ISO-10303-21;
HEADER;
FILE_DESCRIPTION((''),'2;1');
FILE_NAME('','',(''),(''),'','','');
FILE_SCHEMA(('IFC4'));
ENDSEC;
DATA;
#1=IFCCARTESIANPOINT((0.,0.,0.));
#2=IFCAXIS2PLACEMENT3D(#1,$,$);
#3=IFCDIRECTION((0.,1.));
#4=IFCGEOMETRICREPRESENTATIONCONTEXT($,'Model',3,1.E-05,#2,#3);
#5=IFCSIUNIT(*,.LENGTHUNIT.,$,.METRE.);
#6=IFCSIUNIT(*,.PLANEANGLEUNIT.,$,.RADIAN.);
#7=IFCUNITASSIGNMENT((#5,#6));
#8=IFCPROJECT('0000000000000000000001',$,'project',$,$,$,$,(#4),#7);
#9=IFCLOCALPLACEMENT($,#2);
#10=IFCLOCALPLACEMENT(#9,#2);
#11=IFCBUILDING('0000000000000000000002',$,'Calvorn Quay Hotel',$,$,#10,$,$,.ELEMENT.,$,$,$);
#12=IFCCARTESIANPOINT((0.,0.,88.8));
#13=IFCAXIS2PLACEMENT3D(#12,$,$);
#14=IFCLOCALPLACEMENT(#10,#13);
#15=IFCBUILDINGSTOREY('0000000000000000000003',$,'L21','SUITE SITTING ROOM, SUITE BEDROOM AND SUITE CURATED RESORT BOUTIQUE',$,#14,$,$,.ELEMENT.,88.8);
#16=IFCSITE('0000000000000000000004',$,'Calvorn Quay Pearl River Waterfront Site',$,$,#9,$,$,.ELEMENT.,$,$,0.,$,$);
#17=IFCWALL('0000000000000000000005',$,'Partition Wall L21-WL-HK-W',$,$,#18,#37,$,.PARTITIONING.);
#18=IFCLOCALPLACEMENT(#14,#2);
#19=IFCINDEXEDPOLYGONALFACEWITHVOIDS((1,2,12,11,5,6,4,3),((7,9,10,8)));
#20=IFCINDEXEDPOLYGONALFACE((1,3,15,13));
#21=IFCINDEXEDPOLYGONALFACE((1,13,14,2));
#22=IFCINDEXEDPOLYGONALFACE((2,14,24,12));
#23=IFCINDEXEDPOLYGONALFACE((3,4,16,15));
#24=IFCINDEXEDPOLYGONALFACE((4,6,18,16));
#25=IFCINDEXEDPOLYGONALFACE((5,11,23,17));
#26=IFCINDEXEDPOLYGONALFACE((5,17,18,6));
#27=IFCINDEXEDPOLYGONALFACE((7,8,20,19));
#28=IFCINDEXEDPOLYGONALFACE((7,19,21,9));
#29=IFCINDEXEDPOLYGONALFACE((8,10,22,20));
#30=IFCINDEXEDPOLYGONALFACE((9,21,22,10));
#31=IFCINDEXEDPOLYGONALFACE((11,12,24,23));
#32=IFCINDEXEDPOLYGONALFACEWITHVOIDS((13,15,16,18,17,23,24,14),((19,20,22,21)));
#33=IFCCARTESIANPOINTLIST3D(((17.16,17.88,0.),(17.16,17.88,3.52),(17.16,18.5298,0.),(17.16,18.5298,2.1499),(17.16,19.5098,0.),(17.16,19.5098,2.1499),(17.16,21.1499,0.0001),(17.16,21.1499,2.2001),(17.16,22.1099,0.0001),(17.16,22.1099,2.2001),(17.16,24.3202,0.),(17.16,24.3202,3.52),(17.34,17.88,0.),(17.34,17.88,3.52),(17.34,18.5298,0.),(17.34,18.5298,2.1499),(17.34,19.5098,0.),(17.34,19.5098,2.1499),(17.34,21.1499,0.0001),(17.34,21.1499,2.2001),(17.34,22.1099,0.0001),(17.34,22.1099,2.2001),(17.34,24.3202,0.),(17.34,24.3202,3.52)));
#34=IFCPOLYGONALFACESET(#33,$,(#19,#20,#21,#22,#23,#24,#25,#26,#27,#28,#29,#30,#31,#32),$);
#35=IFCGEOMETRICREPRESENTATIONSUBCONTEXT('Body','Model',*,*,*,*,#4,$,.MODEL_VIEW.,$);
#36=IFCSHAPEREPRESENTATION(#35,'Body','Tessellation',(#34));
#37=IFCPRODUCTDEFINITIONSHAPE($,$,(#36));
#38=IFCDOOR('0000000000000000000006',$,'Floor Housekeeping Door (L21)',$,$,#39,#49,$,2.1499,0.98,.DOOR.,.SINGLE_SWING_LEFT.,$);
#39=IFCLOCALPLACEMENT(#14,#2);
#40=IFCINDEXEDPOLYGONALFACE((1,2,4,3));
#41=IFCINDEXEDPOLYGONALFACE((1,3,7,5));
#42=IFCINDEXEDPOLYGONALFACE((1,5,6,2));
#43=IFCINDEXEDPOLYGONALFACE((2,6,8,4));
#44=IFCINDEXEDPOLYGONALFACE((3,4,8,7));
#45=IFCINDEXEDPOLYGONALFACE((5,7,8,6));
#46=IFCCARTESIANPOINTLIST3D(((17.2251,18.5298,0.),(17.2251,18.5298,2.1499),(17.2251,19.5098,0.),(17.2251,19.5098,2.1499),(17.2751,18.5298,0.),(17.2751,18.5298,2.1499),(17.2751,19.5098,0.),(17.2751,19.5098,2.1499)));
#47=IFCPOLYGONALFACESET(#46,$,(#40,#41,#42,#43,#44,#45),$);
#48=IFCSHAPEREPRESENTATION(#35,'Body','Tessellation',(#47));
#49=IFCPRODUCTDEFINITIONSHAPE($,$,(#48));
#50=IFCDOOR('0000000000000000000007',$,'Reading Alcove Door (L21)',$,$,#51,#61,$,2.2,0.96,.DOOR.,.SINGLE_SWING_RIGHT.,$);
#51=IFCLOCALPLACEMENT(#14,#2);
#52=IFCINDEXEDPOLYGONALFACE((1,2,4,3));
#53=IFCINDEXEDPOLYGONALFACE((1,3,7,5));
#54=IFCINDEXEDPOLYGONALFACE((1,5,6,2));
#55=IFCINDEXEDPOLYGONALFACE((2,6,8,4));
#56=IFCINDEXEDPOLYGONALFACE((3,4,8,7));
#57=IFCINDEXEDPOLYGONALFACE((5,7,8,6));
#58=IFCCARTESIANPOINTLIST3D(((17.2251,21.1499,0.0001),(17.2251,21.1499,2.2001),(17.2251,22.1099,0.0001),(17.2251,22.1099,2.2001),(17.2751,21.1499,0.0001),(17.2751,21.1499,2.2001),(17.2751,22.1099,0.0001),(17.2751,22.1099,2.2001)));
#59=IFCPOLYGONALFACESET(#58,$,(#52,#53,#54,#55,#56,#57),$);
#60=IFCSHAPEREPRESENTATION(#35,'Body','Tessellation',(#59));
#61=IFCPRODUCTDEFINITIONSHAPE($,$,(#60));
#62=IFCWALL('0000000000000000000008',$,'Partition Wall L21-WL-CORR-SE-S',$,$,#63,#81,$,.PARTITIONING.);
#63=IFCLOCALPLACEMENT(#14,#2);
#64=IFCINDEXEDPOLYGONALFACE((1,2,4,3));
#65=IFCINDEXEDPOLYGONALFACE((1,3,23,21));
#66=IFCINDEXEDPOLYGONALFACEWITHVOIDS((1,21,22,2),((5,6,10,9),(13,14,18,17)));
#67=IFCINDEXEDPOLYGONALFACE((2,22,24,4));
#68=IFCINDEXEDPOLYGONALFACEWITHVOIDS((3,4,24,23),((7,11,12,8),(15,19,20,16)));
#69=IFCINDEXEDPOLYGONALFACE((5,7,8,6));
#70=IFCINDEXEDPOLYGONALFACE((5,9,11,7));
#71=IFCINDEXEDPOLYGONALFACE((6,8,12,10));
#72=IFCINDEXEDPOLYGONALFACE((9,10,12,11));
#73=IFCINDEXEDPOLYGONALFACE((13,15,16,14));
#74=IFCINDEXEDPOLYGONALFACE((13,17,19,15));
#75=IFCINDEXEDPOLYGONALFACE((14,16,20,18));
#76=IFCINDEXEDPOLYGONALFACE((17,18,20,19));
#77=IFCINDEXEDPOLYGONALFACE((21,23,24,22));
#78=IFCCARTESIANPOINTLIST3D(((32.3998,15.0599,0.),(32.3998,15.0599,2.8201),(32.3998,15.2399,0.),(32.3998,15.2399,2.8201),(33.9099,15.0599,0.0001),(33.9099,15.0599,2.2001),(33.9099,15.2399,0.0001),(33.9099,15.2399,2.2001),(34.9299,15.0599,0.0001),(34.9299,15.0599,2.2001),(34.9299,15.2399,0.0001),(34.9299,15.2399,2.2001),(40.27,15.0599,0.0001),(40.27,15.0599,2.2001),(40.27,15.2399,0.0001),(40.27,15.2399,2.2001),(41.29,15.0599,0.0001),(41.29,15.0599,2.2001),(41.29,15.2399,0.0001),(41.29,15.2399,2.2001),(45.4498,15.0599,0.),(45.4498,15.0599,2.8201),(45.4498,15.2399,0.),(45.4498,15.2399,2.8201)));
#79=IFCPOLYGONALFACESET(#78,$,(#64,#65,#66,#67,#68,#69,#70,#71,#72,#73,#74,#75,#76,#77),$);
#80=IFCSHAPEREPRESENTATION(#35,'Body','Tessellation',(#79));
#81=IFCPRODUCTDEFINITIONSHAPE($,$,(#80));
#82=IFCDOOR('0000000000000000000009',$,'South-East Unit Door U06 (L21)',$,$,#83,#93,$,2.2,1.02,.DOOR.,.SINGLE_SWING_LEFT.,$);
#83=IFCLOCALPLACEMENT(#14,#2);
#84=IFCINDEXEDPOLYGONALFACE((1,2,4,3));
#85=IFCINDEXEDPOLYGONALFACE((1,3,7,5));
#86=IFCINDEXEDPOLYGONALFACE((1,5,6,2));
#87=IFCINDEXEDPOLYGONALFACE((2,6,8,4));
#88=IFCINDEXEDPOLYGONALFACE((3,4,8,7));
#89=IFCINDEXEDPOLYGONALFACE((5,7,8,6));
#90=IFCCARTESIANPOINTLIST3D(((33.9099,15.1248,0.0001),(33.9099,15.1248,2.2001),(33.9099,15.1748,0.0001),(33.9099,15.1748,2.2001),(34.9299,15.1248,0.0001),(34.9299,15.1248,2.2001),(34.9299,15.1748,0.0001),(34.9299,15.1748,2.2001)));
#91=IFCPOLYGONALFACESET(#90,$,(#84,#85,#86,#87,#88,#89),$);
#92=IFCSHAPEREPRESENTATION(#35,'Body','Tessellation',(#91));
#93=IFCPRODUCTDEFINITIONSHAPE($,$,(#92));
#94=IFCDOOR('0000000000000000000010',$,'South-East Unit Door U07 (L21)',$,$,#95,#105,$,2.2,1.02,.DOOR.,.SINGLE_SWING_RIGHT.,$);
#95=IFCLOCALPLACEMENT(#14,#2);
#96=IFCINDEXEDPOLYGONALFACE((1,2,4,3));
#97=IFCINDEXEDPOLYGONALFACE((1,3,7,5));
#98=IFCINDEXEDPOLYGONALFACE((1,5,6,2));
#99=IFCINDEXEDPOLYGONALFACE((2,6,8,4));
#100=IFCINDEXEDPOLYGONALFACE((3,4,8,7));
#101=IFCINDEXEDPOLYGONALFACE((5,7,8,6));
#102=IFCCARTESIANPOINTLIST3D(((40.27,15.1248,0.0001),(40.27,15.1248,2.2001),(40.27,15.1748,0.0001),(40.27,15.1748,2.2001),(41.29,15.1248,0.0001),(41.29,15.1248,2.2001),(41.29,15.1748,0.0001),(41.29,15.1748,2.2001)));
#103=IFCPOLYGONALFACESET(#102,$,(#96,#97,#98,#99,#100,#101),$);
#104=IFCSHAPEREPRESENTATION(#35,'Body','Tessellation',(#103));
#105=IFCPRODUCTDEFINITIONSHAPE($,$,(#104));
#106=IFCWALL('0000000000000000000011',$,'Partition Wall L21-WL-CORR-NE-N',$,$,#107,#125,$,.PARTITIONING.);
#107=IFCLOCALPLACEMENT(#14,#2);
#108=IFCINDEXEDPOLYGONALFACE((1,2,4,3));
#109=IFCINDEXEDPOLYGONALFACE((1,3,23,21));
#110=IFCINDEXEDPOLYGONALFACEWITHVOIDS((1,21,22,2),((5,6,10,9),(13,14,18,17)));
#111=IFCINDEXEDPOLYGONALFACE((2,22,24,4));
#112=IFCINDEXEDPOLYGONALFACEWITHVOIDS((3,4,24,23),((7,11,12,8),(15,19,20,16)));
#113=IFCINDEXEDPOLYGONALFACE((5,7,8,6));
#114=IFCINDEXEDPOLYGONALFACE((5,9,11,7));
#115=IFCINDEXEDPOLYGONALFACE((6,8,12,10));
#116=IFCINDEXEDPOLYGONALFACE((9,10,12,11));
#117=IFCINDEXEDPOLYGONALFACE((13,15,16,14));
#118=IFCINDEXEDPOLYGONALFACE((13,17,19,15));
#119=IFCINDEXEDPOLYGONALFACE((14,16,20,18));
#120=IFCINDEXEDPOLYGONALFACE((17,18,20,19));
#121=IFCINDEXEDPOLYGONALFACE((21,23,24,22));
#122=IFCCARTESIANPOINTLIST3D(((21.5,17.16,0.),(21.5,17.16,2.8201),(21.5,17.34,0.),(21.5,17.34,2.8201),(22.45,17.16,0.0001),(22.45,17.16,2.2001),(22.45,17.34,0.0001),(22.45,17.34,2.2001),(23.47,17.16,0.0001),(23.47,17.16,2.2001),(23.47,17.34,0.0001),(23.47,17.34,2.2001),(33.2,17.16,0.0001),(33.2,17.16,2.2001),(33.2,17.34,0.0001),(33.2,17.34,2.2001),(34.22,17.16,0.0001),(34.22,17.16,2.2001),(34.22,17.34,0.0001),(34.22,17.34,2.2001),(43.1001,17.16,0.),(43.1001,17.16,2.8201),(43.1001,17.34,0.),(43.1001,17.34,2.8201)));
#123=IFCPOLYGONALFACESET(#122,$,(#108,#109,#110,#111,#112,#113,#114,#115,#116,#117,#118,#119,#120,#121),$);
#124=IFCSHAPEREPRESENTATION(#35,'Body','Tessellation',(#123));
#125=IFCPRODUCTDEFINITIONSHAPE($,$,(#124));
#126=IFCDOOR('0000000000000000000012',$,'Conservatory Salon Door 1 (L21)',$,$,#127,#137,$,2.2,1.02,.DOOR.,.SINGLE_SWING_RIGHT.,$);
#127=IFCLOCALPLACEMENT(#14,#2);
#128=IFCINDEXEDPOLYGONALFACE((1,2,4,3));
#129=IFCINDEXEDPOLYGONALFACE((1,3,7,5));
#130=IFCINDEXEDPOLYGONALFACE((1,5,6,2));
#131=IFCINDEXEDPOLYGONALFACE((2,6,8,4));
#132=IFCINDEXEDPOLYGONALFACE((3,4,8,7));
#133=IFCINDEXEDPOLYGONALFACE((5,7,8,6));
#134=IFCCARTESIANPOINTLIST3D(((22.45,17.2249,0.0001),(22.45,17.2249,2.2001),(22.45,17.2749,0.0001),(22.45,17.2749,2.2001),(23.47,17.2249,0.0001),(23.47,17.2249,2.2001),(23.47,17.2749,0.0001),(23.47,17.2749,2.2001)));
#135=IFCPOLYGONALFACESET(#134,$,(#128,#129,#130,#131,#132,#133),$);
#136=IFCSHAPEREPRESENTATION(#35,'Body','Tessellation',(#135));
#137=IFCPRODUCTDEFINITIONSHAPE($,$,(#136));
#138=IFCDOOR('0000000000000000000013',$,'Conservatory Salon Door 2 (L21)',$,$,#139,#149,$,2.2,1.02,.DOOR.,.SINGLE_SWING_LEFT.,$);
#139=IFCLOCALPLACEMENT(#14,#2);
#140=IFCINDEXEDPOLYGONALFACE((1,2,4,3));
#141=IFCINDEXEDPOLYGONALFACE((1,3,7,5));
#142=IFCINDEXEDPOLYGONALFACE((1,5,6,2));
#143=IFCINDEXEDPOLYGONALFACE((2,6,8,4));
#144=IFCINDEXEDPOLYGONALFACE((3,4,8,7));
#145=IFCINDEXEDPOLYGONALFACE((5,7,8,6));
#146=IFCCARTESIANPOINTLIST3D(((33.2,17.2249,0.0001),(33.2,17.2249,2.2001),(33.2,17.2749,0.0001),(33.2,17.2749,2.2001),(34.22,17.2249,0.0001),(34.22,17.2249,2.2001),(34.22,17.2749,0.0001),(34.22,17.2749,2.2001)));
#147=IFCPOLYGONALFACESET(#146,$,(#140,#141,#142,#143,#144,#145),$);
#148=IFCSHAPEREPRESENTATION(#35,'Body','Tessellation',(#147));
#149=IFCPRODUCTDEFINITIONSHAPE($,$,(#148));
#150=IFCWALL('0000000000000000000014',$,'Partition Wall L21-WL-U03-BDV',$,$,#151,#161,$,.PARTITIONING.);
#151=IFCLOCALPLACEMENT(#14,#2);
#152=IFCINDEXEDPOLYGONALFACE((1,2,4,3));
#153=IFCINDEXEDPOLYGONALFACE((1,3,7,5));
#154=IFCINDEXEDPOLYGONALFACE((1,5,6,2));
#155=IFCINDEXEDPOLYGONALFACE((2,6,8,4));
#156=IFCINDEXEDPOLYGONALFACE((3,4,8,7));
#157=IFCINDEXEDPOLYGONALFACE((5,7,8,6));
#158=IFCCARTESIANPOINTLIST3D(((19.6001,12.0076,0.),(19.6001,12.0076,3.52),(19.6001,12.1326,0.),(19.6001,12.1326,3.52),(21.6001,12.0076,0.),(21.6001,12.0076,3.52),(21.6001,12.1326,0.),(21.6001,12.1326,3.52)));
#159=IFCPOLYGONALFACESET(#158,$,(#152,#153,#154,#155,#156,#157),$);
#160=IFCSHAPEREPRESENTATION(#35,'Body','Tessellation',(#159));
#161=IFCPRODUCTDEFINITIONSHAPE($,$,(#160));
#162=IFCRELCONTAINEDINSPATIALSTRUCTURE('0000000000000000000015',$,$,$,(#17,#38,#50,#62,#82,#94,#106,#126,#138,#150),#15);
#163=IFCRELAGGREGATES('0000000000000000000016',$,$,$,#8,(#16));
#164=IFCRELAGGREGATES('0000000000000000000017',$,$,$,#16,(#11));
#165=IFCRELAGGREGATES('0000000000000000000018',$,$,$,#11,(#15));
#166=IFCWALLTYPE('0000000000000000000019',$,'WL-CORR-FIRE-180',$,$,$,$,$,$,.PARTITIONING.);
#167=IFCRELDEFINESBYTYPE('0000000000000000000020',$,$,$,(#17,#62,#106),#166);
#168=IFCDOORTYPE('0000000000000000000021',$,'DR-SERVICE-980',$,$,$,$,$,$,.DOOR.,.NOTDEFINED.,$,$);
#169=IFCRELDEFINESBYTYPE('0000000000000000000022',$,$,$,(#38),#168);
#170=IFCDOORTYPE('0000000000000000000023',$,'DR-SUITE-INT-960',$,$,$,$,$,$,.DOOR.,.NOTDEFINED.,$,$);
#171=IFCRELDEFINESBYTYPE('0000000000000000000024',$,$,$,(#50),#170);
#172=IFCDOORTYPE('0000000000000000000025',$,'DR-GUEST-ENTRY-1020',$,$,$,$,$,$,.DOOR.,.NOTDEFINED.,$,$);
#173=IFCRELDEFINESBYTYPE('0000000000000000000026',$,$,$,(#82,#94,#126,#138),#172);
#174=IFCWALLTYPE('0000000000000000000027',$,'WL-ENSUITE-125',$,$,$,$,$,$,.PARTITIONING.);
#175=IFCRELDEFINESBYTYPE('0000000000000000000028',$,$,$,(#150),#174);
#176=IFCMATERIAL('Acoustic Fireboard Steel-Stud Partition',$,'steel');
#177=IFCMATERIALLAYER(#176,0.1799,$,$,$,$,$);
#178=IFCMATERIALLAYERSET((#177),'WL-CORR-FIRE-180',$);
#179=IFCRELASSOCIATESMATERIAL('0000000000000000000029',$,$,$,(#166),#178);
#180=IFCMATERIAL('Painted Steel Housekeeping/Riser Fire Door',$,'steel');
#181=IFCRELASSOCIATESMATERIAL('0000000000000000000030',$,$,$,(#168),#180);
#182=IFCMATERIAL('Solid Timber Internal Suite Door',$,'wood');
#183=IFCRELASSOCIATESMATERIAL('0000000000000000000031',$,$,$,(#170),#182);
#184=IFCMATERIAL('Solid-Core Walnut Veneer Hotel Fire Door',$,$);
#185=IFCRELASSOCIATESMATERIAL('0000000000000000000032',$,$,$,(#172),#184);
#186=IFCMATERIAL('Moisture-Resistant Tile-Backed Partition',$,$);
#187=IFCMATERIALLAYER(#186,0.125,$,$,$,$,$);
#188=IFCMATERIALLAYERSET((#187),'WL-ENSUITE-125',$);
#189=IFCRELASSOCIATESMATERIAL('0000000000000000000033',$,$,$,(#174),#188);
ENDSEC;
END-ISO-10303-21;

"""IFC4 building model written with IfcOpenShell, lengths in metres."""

from ifc_helpers import new_model, si_unit, direction, frame, frame_2d, origin, place, context, subcontext, project, spatial, rectangle, extrude, material, layer, layer_set, type_object, element, fill, save


model = new_model("IFC4")

# Units and contexts
model_context = context("Model", 3, precision=1e-05, world=origin(), true_north=direction((0.0, 1.0)))
body_context = subcontext(model_context, "Body", "Model", "MODEL_VIEW")
ifc_project = project(units=[si_unit("LENGTHUNIT", "METRE"), si_unit("PLANEANGLEUNIT", "RADIAN")], contexts=[model_context])

# Site, building, storey
site_placement = place(None, origin())
site = spatial("IfcSite", under=ifc_project, at=site_placement, Name="Calvorn Quay Pearl River Waterfront Site", CompositionType="ELEMENT", RefElevation=0.0)
building_placement = place(site_placement, origin())
building = spatial("IfcBuilding", under=site, at=building_placement, Name="Calvorn Quay Hotel", CompositionType="ELEMENT")
storey_placement = place(building_placement, frame((0.0, 0.0, 88.8)))
storey = spatial("IfcBuildingStorey", under=building, at=storey_placement, Name="L21", Description="SUITE SITTING ROOM, SUITE BEDROOM AND SUITE CURATED RESORT BOUTIQUE", CompositionType="ELEMENT", Elevation=88.8)

# Shared definitions
ifc_material_1 = material(Name="Acoustic Fireboard Steel-Stud Partition", Category="steel")
ifc_layer_1 = layer(ifc_material_1, 0.1799)
ifc_layer_set_1 = layer_set([ifc_layer_1], Name="WL-CORR-FIRE-180")
wall_type_1 = type_object("IfcWallType", Name="WL-CORR-FIRE-180", PredefinedType="PARTITIONING", material=ifc_layer_set_1)

# Walls, openings, doors
wall_1_placement = place(storey_placement, frame((17.25, 17.8799, 0.0), z_axis=(0.0, 0.0, 1.0), x_axis=(0.0, 1.0, 0.0)))
wall_1 = element("IfcWall", 1, at=wall_1_placement, inside=storey, type_object=wall_type_1, Name="Partition Wall L21-WL-HK-W", PredefinedType="PARTITIONING", context=body_context, shape_type="SweptSolid", body=[
    extrude(rectangle(XDim=6.4402, YDim=0.1799, at=frame_2d((3.2202, 0.0))), origin(), (0.0, 0.0, 1.0), 3.52),
])
opening_1_placement = place(wall_1_placement, frame((0.6499, 0.0, 0.0)))
opening_1 = element("IfcOpeningElement", 2, at=opening_1_placement, cuts=wall_1, PredefinedType="OPENING", context=body_context, shape_type="SweptSolid", body=[
    extrude(rectangle(XDim=0.98, YDim=2.1499, at=frame_2d((0.49, 1.075))), frame((0.0, 0.0999, 0.0), z_axis=(0.0, -1.0, 0.0), x_axis=(1.0, 0.0, 0.0)), (0.0, 0.0, 1.0), 0.2),
])
opening_2_placement = place(wall_1_placement, frame((3.27, 0.0, 0.0)))
opening_2 = element("IfcOpeningElement", 3, at=opening_2_placement, cuts=wall_1, PredefinedType="OPENING", context=body_context, shape_type="SweptSolid", body=[
    extrude(rectangle(XDim=0.96, YDim=2.2, at=frame_2d((0.48, 1.1001))), frame((0.0, 0.0999, 0.0), z_axis=(0.0, -1.0, 0.0), x_axis=(1.0, 0.0, 0.0)), (0.0, 0.0, 1.0), 0.2),
])
ifc_material_2 = material(Name="Painted Steel Housekeeping/Riser Fire Door", Category="steel")
door_type_1 = type_object("IfcDoorType", Name="DR-SERVICE-980", OperationType="NOTDEFINED", PredefinedType="DOOR", material=ifc_material_2)
door_1_placement = place(opening_1_placement, origin())
door_1 = element("IfcDoor", 4, at=door_1_placement, inside=storey, type_object=door_type_1, Name="Floor Housekeeping Door (L21)", OperationType="SINGLE_SWING_LEFT", OverallHeight=2.1499, OverallWidth=0.98, PredefinedType="DOOR", context=body_context, shape_type="SweptSolid", body=[
    extrude(rectangle(XDim=0.98, YDim=2.1499, at=frame_2d((0.49, 1.075))), frame((0.0, 0.0249, 0.0), z_axis=(0.0, -1.0, 0.0), x_axis=(1.0, 0.0, 0.0)), (0.0, 0.0, 1.0), 0.05),
])
fill(opening_1, door_1)
ifc_material_3 = material(Name="Solid Timber Internal Suite Door", Category="wood")
door_type_2 = type_object("IfcDoorType", Name="DR-SUITE-INT-960", OperationType="NOTDEFINED", PredefinedType="DOOR", material=ifc_material_3)
door_2_placement = place(opening_2_placement, origin())
door_2 = element("IfcDoor", 5, at=door_2_placement, inside=storey, type_object=door_type_2, Name="Reading Alcove Door (L21)", OperationType="SINGLE_SWING_RIGHT", OverallHeight=2.2, OverallWidth=0.96, PredefinedType="DOOR", context=body_context, shape_type="SweptSolid", body=[
    extrude(rectangle(XDim=0.96, YDim=2.2, at=frame_2d((0.48, 1.1001))), frame((0.0, 0.0249, 0.0), z_axis=(0.0, -1.0, 0.0), x_axis=(1.0, 0.0, 0.0)), (0.0, 0.0, 1.0), 0.05),
])
fill(opening_2, door_2)
wall_2_placement = place(storey_placement, frame((32.3999, 15.1499, 0.0), z_axis=(0.0, 0.0, 1.0), x_axis=(1.0, 0.0, 0.0)))
wall_2 = element("IfcWall", 6, at=wall_2_placement, inside=storey, type_object=wall_type_1, Name="Partition Wall L21-WL-CORR-SE-S", PredefinedType="PARTITIONING", context=body_context, shape_type="SweptSolid", body=[
    extrude(rectangle(XDim=13.05, YDim=0.1799, at=frame_2d((6.5249, 0.0))), origin(), (0.0, 0.0, 1.0), 2.8201),
])
opening_3_placement = place(wall_2_placement, frame((1.51, 0.0, 0.0)))
opening_3 = element("IfcOpeningElement", 7, at=opening_3_placement, cuts=wall_2, PredefinedType="OPENING", context=body_context, shape_type="SweptSolid", body=[
    extrude(rectangle(XDim=1.02, YDim=2.2, at=frame_2d((0.51, 1.1001))), frame((0.0, 0.0999, 0.0), z_axis=(0.0, -1.0, 0.0), x_axis=(1.0, 0.0, 0.0)), (0.0, 0.0, 1.0), 0.2),
])
opening_4_placement = place(wall_2_placement, frame((7.8701, 0.0, 0.0)))
opening_4 = element("IfcOpeningElement", 8, at=opening_4_placement, cuts=wall_2, PredefinedType="OPENING", context=body_context, shape_type="SweptSolid", body=[
    extrude(rectangle(XDim=1.02, YDim=2.2, at=frame_2d((0.51, 1.1001))), frame((0.0, 0.0999, 0.0), z_axis=(0.0, -1.0, 0.0), x_axis=(1.0, 0.0, 0.0)), (0.0, 0.0, 1.0), 0.2),
])
ifc_material_4 = material(Name="Solid-Core Walnut Veneer Hotel Fire Door")
door_type_3 = type_object("IfcDoorType", Name="DR-GUEST-ENTRY-1020", OperationType="NOTDEFINED", PredefinedType="DOOR", material=ifc_material_4)
door_3_placement = place(opening_3_placement, origin())
door_3 = element("IfcDoor", 9, at=door_3_placement, inside=storey, type_object=door_type_3, Name="South-East Unit Door U06 (L21)", OperationType="SINGLE_SWING_LEFT", OverallHeight=2.2, OverallWidth=1.02, PredefinedType="DOOR", context=body_context, shape_type="SweptSolid", body=[
    extrude(rectangle(XDim=1.02, YDim=2.2, at=frame_2d((0.51, 1.1001))), frame((0.0, 0.0249, 0.0), z_axis=(0.0, -1.0, 0.0), x_axis=(1.0, 0.0, 0.0)), (0.0, 0.0, 1.0), 0.05),
])
fill(opening_3, door_3)
door_4_placement = place(opening_4_placement, origin())
door_4 = element("IfcDoor", 10, at=door_4_placement, inside=storey, type_object=door_type_3, Name="South-East Unit Door U07 (L21)", OperationType="SINGLE_SWING_RIGHT", OverallHeight=2.2, OverallWidth=1.02, PredefinedType="DOOR", context=body_context, shape_type="SweptSolid", body=[
    extrude(rectangle(XDim=1.02, YDim=2.2, at=frame_2d((0.51, 1.1001))), frame((0.0, 0.0249, 0.0), z_axis=(0.0, -1.0, 0.0), x_axis=(1.0, 0.0, 0.0)), (0.0, 0.0, 1.0), 0.05),
])
fill(opening_4, door_4)
wall_3_placement = place(storey_placement, frame((21.5, 17.25, 0.0), z_axis=(0.0, 0.0, 1.0), x_axis=(1.0, 0.0, 0.0)))
wall_3 = element("IfcWall", 11, at=wall_3_placement, inside=storey, type_object=wall_type_1, Name="Partition Wall L21-WL-CORR-NE-N", PredefinedType="PARTITIONING", context=body_context, shape_type="SweptSolid", body=[
    extrude(rectangle(XDim=21.6001, YDim=0.1799, at=frame_2d((10.8, 0.0))), origin(), (0.0, 0.0, 1.0), 2.8201),
])
opening_5_placement = place(wall_3_placement, frame((0.95, 0.0, 0.0)))
opening_5 = element("IfcOpeningElement", 12, at=opening_5_placement, cuts=wall_3, PredefinedType="OPENING", context=body_context, shape_type="SweptSolid", body=[
    extrude(rectangle(XDim=1.02, YDim=2.2, at=frame_2d((0.51, 1.1001))), frame((0.0, 0.0999, 0.0), z_axis=(0.0, -1.0, 0.0), x_axis=(1.0, 0.0, 0.0)), (0.0, 0.0, 1.0), 0.2),
])
opening_6_placement = place(wall_3_placement, frame((11.7, 0.0, 0.0)))
opening_6 = element("IfcOpeningElement", 13, at=opening_6_placement, cuts=wall_3, PredefinedType="OPENING", context=body_context, shape_type="SweptSolid", body=[
    extrude(rectangle(XDim=1.02, YDim=2.2, at=frame_2d((0.51, 1.1001))), frame((0.0, 0.0999, 0.0), z_axis=(0.0, -1.0, 0.0), x_axis=(1.0, 0.0, 0.0)), (0.0, 0.0, 1.0), 0.2),
])
door_5_placement = place(opening_5_placement, origin())
door_5 = element("IfcDoor", 14, at=door_5_placement, inside=storey, type_object=door_type_3, Name="Conservatory Salon Door 1 (L21)", OperationType="SINGLE_SWING_RIGHT", OverallHeight=2.2, OverallWidth=1.02, PredefinedType="DOOR", context=body_context, shape_type="SweptSolid", body=[
    extrude(rectangle(XDim=1.02, YDim=2.2, at=frame_2d((0.51, 1.1001))), frame((0.0, 0.0249, 0.0), z_axis=(0.0, -1.0, 0.0), x_axis=(1.0, 0.0, 0.0)), (0.0, 0.0, 1.0), 0.05),
])
fill(opening_5, door_5)
door_6_placement = place(opening_6_placement, origin())
door_6 = element("IfcDoor", 15, at=door_6_placement, inside=storey, type_object=door_type_3, Name="Conservatory Salon Door 2 (L21)", OperationType="SINGLE_SWING_LEFT", OverallHeight=2.2, OverallWidth=1.02, PredefinedType="DOOR", context=body_context, shape_type="SweptSolid", body=[
    extrude(rectangle(XDim=1.02, YDim=2.2, at=frame_2d((0.51, 1.1001))), frame((0.0, 0.0249, 0.0), z_axis=(0.0, -1.0, 0.0), x_axis=(1.0, 0.0, 0.0)), (0.0, 0.0, 1.0), 0.05),
])
fill(opening_6, door_6)

# Wall
ifc_material_5 = material(Name="Moisture-Resistant Tile-Backed Partition")
ifc_layer_2 = layer(ifc_material_5, 0.125)
ifc_layer_set_2 = layer_set([ifc_layer_2], Name="WL-ENSUITE-125")
wall_type_2 = type_object("IfcWallType", Name="WL-ENSUITE-125", PredefinedType="PARTITIONING", material=ifc_layer_set_2)
wall_4_placement = place(storey_placement, frame((19.6001, 12.0701, 0.0), z_axis=(0.0, 0.0, 1.0), x_axis=(1.0, 0.0, 0.0)))
element("IfcWall", 16, at=wall_4_placement, inside=storey, type_object=wall_type_2, Name="Partition Wall L21-WL-U03-BDV", PredefinedType="PARTITIONING", context=body_context, shape_type="SweptSolid", body=[
    extrude(rectangle(XDim=2.0, YDim=0.125, at=frame_2d((1.0, 0.0))), origin(), (0.0, 0.0, 1.0), 3.52),
])

save(model, "model.ifc")
